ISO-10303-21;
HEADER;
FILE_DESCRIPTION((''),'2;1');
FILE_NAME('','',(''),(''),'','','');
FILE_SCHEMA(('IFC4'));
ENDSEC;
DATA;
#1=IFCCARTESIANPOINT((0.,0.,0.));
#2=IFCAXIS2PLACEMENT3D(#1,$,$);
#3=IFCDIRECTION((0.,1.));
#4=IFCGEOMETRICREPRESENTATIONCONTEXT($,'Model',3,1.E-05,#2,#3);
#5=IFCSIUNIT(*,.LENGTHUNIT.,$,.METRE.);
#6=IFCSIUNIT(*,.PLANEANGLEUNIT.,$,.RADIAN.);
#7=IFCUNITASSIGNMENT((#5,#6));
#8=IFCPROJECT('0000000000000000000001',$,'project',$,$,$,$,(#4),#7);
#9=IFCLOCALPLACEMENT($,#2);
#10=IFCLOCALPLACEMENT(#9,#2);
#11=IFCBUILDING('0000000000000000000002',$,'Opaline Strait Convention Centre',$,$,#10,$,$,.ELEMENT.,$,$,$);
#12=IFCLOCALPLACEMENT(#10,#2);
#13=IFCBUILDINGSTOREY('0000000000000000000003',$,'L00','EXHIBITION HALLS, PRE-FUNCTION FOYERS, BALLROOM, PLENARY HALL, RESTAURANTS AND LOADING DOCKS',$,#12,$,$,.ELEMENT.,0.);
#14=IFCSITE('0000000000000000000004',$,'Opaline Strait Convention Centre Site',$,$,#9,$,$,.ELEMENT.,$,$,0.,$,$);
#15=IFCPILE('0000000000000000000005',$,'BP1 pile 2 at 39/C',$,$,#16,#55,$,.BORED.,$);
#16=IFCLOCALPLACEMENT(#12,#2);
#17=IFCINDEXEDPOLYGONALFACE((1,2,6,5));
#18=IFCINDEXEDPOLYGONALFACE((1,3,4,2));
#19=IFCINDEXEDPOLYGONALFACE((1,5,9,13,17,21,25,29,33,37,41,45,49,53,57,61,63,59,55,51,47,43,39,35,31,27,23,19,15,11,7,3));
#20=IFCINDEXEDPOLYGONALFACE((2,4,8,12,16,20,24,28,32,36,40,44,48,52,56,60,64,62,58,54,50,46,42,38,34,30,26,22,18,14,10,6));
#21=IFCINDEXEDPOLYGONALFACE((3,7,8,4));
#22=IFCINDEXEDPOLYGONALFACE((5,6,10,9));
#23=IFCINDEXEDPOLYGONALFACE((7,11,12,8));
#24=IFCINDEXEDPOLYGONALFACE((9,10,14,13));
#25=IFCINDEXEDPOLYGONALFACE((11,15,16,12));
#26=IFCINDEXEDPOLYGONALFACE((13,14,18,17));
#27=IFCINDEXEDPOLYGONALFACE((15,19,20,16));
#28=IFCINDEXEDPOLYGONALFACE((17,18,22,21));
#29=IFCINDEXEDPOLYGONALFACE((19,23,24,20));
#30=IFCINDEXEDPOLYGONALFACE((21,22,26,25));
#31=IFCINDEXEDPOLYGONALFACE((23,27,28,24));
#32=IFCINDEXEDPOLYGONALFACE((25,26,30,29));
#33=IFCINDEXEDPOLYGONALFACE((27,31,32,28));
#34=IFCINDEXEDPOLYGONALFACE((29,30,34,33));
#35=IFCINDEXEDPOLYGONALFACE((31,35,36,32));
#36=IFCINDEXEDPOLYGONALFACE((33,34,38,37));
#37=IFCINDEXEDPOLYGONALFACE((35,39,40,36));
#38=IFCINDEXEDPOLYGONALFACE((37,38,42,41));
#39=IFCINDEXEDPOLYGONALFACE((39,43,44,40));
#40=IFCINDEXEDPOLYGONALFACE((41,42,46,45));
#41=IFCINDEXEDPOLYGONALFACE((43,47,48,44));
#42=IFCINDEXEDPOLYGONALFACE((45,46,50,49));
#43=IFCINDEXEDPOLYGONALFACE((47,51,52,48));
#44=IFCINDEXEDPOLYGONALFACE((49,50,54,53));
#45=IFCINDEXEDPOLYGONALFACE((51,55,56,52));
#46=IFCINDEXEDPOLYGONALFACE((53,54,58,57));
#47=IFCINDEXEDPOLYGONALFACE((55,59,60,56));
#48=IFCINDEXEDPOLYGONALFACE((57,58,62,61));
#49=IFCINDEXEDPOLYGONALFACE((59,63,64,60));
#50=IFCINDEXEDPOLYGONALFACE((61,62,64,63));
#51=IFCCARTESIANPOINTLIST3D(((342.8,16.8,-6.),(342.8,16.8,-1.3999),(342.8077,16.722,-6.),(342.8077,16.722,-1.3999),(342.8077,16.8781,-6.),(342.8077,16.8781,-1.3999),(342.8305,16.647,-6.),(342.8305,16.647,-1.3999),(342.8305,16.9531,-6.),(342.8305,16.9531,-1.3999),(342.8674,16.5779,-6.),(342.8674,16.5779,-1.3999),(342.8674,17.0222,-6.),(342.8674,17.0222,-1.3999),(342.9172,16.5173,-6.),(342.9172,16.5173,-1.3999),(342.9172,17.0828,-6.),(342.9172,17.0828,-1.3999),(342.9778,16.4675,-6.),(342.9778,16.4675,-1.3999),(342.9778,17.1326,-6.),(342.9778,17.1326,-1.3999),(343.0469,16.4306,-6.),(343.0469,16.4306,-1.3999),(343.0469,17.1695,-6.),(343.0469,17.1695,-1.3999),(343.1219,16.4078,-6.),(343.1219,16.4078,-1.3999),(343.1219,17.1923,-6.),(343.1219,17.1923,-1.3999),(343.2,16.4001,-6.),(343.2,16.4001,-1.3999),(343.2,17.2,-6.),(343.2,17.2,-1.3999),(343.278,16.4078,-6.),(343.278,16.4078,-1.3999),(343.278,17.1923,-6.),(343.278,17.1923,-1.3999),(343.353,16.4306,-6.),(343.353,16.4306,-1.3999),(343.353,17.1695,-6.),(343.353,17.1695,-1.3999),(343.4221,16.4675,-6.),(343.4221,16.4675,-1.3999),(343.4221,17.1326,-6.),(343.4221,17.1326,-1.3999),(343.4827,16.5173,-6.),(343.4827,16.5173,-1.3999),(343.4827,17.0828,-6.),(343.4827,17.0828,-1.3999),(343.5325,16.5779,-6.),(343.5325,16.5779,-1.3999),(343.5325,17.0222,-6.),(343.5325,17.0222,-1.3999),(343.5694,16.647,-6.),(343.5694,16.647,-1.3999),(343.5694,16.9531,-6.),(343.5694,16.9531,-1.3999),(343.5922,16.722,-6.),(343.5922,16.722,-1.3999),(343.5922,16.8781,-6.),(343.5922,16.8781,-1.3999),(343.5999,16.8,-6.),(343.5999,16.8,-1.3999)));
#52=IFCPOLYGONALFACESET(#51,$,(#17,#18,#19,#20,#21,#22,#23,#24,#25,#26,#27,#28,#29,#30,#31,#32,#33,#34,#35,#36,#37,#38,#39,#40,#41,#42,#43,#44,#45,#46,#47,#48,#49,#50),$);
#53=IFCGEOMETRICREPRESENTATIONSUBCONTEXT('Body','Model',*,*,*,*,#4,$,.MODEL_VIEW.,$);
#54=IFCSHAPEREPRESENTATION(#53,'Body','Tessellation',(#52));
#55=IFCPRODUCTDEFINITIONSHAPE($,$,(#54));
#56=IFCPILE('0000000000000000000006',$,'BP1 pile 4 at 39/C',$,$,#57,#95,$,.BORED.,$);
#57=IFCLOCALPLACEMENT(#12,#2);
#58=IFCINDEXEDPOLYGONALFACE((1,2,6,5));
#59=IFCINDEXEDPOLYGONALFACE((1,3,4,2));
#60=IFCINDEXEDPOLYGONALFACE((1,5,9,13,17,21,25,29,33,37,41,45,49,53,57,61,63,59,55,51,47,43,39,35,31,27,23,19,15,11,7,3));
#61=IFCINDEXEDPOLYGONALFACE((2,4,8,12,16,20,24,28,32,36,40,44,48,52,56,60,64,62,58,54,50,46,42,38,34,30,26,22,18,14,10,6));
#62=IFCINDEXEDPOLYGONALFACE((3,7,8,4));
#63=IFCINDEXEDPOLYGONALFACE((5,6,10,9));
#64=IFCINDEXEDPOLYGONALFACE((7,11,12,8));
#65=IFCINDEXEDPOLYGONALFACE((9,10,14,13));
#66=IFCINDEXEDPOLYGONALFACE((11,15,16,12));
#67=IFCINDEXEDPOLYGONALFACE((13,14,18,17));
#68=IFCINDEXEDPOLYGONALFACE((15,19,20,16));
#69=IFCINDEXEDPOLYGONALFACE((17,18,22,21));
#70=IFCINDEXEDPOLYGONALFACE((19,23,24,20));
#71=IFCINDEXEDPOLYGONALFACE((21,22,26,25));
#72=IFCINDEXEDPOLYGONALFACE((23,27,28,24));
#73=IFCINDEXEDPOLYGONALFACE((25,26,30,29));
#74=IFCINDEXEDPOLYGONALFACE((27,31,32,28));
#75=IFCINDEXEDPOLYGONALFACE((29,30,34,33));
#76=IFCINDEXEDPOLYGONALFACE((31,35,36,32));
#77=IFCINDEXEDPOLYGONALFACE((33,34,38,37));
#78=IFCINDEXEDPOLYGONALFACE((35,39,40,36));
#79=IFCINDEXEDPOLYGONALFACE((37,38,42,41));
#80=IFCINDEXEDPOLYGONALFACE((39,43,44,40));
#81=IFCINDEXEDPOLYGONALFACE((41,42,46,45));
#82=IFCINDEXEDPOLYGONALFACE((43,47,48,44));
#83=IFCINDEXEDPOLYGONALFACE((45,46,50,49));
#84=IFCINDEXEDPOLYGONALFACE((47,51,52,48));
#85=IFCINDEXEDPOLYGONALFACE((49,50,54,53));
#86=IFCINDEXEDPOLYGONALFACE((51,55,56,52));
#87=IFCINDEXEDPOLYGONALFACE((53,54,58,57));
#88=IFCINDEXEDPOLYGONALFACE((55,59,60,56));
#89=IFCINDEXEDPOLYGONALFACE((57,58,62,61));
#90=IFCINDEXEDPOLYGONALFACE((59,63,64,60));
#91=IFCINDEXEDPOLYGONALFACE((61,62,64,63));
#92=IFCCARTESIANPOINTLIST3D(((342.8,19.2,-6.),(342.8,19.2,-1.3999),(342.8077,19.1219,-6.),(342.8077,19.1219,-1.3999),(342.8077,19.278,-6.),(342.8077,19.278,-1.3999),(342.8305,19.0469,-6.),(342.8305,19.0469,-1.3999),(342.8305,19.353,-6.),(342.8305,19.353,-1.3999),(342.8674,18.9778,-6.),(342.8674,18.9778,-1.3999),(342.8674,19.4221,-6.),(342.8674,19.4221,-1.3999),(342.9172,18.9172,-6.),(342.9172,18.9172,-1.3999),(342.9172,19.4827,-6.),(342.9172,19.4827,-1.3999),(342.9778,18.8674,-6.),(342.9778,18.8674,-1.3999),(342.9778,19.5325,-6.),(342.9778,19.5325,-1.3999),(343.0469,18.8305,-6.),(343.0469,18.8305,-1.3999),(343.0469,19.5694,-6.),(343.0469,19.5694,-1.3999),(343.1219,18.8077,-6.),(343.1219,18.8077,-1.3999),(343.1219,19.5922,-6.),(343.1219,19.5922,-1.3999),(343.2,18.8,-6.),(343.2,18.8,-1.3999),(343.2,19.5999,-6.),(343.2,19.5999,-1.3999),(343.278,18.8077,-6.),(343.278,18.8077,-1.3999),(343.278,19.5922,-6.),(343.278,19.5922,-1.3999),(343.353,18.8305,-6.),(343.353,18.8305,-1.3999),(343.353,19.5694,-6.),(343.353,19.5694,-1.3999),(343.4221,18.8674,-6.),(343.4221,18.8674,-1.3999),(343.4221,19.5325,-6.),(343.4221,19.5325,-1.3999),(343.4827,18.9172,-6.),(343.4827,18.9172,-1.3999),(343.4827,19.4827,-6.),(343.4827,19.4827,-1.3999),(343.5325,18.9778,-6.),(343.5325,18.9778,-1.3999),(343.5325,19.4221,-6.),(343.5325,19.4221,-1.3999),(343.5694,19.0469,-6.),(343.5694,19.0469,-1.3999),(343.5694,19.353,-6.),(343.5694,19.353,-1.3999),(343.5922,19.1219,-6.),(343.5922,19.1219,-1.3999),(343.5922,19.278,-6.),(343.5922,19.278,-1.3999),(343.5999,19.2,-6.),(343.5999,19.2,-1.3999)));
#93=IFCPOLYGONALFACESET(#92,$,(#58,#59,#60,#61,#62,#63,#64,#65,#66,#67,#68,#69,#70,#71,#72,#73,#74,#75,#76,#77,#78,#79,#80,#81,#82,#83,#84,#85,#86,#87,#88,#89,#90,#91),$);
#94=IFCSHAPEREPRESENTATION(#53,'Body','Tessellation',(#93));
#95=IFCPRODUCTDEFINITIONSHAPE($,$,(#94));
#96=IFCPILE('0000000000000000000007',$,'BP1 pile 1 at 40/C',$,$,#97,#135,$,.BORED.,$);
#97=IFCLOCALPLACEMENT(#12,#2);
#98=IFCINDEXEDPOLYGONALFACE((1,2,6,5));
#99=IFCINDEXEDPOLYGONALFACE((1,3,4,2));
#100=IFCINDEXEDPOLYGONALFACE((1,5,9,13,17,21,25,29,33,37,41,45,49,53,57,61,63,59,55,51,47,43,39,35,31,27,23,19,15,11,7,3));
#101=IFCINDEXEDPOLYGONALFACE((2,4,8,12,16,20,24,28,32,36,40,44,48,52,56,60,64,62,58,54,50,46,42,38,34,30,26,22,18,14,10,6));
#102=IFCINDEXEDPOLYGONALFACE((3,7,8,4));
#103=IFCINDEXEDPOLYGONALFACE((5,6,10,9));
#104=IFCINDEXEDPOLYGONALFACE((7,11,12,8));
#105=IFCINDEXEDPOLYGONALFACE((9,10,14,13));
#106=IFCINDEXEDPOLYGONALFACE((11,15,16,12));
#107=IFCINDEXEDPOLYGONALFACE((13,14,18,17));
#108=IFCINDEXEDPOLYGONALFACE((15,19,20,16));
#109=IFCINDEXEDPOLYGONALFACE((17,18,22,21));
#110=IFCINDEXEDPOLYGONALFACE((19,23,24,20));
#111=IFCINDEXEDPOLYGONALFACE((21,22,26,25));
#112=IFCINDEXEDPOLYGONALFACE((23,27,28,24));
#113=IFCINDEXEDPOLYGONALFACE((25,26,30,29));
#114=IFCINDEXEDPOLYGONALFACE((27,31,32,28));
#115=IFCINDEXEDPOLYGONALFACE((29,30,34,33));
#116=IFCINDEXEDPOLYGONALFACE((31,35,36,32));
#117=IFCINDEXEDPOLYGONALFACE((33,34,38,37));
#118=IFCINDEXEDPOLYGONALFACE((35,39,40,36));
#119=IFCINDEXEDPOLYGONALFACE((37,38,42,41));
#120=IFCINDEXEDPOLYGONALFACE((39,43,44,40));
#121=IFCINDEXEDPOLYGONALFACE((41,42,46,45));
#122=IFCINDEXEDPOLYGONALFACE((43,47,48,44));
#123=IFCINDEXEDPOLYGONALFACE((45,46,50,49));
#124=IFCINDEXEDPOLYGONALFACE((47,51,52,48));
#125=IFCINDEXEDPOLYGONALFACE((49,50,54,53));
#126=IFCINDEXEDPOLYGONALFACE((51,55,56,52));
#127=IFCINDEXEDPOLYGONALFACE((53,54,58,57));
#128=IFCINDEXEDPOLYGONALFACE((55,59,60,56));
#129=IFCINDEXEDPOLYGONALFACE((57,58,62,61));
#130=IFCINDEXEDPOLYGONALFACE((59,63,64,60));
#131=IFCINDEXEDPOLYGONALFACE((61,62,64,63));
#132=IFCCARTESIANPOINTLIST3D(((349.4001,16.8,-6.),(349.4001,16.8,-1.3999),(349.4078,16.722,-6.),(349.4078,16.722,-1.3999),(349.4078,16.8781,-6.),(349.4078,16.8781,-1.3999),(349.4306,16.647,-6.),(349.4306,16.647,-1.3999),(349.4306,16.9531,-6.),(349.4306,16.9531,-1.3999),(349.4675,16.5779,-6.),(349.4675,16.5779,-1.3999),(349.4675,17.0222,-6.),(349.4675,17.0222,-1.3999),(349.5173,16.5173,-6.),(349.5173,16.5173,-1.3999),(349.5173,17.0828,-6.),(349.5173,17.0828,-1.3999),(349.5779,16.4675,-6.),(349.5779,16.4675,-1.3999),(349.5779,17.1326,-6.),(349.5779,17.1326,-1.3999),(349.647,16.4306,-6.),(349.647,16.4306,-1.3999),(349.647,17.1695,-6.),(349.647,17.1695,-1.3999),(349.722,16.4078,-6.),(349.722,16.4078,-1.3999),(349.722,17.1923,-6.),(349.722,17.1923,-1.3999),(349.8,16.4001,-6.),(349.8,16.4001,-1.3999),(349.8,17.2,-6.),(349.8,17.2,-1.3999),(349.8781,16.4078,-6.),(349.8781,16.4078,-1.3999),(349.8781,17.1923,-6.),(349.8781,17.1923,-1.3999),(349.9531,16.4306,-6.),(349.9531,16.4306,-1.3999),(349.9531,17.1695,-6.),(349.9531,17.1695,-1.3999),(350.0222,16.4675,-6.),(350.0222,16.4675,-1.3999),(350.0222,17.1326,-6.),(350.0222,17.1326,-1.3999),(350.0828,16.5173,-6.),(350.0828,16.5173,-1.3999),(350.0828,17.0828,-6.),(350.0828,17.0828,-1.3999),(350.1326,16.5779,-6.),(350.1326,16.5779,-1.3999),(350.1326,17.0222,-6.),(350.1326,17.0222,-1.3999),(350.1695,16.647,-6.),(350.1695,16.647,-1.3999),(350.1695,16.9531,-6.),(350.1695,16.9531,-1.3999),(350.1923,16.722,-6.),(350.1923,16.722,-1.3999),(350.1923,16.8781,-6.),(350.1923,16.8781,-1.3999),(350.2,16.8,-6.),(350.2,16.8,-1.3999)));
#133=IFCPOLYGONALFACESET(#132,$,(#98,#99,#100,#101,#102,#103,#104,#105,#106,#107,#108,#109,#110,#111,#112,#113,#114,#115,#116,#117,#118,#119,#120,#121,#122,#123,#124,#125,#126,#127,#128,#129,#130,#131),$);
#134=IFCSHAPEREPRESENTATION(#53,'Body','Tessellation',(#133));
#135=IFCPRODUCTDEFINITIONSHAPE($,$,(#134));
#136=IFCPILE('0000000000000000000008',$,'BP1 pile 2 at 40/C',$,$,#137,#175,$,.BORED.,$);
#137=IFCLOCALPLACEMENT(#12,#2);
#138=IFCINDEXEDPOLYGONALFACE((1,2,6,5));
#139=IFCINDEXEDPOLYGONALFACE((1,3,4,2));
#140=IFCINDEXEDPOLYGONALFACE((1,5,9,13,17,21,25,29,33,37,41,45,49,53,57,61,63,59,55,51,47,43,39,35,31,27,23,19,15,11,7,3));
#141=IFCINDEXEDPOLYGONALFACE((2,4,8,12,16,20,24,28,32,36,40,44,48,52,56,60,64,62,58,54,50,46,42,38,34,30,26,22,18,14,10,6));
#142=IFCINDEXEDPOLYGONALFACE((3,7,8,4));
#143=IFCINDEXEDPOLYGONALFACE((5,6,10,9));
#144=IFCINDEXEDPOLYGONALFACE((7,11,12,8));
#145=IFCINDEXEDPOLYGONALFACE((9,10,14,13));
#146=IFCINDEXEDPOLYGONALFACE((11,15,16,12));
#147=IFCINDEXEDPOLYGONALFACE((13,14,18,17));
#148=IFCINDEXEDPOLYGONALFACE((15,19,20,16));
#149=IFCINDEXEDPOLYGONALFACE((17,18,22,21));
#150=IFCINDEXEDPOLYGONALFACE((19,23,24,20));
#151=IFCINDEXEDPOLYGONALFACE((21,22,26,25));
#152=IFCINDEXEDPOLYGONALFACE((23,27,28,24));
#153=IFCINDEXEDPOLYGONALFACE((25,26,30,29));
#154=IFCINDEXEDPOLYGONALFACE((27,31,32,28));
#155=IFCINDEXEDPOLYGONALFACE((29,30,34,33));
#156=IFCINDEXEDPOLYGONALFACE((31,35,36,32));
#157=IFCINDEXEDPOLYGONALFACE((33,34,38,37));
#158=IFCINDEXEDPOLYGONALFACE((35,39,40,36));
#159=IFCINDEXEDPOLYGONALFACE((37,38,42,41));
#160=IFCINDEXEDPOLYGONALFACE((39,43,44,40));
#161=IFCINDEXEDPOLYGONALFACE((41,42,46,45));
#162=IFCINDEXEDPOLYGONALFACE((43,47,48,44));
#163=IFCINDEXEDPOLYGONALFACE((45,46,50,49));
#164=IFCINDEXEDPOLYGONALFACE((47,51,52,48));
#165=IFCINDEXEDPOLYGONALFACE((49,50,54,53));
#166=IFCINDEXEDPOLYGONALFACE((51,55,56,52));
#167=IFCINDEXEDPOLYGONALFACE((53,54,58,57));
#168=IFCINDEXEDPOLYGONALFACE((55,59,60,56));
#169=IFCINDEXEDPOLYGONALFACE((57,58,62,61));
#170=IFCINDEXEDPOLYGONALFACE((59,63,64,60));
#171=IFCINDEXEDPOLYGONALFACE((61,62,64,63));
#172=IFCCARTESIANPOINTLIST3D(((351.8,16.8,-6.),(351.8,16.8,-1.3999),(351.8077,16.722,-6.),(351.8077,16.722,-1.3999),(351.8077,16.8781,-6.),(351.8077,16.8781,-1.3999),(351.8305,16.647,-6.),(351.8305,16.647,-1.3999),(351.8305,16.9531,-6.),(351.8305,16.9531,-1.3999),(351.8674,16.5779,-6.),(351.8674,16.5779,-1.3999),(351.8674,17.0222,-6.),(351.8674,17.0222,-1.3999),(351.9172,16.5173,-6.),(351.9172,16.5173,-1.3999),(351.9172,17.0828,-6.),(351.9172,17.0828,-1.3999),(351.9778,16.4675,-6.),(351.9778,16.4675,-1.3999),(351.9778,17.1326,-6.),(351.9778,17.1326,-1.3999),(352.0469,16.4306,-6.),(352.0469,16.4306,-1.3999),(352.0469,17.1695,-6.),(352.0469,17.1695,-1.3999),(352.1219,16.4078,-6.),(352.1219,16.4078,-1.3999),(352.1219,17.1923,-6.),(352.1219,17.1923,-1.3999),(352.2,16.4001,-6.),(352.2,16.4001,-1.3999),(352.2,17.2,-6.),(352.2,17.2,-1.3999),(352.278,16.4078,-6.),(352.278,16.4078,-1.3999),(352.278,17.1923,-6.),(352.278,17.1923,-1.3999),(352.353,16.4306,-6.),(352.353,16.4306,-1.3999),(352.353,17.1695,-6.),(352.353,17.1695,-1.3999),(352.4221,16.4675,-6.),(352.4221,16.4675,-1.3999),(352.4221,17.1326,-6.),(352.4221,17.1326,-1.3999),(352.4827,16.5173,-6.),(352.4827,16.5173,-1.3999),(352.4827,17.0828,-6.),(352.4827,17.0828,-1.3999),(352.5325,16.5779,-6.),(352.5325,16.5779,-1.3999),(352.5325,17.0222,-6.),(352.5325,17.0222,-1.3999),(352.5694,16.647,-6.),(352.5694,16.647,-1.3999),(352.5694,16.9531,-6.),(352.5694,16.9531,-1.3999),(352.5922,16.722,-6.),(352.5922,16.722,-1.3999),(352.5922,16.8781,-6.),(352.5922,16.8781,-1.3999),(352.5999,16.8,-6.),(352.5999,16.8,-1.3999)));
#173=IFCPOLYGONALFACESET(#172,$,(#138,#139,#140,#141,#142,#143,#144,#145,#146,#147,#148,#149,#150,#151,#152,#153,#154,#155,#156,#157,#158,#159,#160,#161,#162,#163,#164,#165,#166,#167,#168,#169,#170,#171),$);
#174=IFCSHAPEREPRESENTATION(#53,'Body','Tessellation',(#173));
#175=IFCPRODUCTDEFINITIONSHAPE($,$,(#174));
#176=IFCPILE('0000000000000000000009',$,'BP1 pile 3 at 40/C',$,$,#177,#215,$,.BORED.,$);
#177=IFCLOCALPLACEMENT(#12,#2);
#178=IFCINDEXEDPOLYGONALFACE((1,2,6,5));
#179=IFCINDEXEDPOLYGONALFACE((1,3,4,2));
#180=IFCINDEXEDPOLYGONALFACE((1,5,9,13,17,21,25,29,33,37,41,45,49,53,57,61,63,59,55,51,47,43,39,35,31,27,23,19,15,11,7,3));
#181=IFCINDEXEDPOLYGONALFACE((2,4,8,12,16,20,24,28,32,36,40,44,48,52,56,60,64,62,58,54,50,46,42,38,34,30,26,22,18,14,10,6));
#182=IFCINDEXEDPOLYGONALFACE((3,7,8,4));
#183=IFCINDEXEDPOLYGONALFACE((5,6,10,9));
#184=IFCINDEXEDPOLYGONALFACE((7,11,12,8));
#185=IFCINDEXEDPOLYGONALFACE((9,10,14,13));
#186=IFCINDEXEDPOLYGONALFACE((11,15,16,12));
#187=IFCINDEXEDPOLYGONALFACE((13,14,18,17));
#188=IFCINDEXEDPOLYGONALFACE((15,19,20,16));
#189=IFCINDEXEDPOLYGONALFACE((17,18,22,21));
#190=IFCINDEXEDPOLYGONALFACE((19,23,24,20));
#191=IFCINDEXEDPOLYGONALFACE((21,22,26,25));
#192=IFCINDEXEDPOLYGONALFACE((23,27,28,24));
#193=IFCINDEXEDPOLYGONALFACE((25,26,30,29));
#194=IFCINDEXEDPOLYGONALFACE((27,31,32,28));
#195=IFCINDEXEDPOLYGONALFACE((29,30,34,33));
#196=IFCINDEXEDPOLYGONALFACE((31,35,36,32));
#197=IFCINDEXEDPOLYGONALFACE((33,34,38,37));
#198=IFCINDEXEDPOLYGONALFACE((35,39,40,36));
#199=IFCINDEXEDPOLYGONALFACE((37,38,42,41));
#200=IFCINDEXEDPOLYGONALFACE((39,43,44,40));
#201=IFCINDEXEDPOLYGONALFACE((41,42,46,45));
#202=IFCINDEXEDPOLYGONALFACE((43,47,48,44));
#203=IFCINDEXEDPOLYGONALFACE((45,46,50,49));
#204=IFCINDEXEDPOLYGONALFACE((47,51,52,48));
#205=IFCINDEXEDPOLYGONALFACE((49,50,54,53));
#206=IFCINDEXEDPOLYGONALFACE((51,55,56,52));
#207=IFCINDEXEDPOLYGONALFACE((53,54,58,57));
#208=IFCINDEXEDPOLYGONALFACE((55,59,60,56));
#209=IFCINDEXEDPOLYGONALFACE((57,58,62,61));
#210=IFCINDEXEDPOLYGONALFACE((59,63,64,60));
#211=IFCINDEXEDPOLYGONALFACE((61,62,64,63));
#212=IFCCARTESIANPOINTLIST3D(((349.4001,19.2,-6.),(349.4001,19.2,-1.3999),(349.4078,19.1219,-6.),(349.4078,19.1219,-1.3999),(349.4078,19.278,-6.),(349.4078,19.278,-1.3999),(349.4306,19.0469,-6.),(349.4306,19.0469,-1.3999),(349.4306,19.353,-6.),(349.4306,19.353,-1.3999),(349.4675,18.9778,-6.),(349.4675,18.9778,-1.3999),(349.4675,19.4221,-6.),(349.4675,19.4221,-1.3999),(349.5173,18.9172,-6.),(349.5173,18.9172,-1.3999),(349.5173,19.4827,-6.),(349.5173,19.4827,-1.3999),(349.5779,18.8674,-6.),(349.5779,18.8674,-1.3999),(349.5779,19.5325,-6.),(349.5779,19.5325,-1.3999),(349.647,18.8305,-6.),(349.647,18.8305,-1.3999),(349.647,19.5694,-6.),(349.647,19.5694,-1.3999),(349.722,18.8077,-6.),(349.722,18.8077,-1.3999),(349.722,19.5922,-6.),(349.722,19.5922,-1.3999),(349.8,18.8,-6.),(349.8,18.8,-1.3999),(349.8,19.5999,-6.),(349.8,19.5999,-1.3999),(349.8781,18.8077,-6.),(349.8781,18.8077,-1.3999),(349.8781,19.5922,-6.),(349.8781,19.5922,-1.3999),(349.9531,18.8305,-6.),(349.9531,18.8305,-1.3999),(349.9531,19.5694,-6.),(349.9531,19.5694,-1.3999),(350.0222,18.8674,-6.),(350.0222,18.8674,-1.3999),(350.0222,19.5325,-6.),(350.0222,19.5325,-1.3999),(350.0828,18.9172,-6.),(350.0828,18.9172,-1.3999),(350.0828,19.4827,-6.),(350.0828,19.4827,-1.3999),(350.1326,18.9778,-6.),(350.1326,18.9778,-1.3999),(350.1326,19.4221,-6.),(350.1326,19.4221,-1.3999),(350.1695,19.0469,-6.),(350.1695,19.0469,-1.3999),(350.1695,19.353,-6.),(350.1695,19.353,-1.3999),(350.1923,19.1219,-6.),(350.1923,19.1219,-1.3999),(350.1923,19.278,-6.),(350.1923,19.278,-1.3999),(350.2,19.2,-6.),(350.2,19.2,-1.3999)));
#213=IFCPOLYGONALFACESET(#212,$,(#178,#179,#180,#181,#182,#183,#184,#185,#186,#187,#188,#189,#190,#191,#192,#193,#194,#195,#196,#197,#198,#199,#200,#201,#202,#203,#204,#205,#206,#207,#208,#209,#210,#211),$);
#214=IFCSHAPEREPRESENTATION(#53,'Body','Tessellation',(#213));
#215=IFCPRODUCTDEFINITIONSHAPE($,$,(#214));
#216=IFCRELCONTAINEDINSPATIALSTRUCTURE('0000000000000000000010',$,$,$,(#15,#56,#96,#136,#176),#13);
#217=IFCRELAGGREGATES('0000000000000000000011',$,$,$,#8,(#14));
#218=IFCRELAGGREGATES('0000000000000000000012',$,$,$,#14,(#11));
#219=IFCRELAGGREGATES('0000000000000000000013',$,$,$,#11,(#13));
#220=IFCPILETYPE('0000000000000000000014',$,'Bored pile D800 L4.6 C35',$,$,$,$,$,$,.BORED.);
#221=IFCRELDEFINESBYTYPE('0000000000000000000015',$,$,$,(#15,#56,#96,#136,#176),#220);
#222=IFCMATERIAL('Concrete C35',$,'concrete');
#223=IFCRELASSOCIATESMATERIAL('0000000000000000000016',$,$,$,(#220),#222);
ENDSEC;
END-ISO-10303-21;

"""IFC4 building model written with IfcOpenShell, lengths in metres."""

from ifc_helpers import new_model, si_unit, direction, frame, origin, origin_2d, place, context, subcontext, project, spatial, circle, extrude, material, material_profile, profile_set, type_object, element, save


model = new_model("IFC4")

# Units and contexts
model_context = context("Model", 3, precision=1e-05, world=origin(), true_north=direction((0.0, 1.0)))
body_context = subcontext(model_context, "Body", "Model", "MODEL_VIEW")
ifc_project = project(units=[si_unit("LENGTHUNIT", "METRE"), si_unit("PLANEANGLEUNIT", "RADIAN")], contexts=[model_context])

# Site, building, storey
site_placement = place(None, origin())
site = spatial("IfcSite", under=ifc_project, at=site_placement, Name="Opaline Strait Convention Centre Site", CompositionType="ELEMENT", RefElevation=0.0)
building_placement = place(site_placement, origin())
building = spatial("IfcBuilding", under=site, at=building_placement, Name="Opaline Strait Convention Centre", CompositionType="ELEMENT")
storey_placement = place(building_placement, origin())
storey = spatial("IfcBuildingStorey", under=building, at=storey_placement, Name="L00", Description="EXHIBITION HALLS, PRE-FUNCTION FOYERS, BALLROOM, PLENARY HALL, RESTAURANTS AND LOADING DOCKS", CompositionType="ELEMENT", Elevation=0.0)

# Piles
ifc_material_1 = material(Name="Concrete C35", Category="concrete")
ifc_material_profile_1 = material_profile(ifc_material_1, circle(Radius=0.3999, at=origin_2d()), Name="D800")
ifc_profile_set_1 = profile_set([ifc_material_profile_1], Name="Concrete C35")
pile_type = type_object("IfcPileType", Name="Bored pile D800 L4.6 C35", PredefinedType="BORED", material=ifc_profile_set_1)
for number, where, z_axis, x_axis, name in (
    (1, (343.2, 16.8, -1.3999), (0.0, 0.0, -1.0), (1.0, 0.0, 0.0), "BP1 pile 2 at 39/C"),
    (2, (343.2, 19.2, -1.3999), (0.0, 0.0, -1.0), (1.0, 0.0, 0.0), "BP1 pile 4 at 39/C"),
    (3, (349.8, 16.8, -1.3999), (0.0, 0.0, -1.0), (1.0, 0.0, 0.0), "BP1 pile 1 at 40/C"),
    (4, (352.2, 16.8, -1.3999), (0.0, 0.0, -1.0), (1.0, 0.0, 0.0), "BP1 pile 2 at 40/C"),
    (5, (349.8, 19.2, -1.3999), (0.0, 0.0, -1.0), (1.0, 0.0, 0.0), "BP1 pile 3 at 40/C"),
):
    element("IfcPile", number, at=place(storey_placement, frame(where, z_axis=z_axis, x_axis=x_axis)), inside=storey, type_object=pile_type, Name=name, PredefinedType="BORED", context=body_context, shape_type="SweptSolid", body=[
        extrude(circle(Radius=0.3999, at=origin_2d()), origin(), (0.0, 0.0, 1.0), 4.6001),
    ])

save(model, "model.ifc")
